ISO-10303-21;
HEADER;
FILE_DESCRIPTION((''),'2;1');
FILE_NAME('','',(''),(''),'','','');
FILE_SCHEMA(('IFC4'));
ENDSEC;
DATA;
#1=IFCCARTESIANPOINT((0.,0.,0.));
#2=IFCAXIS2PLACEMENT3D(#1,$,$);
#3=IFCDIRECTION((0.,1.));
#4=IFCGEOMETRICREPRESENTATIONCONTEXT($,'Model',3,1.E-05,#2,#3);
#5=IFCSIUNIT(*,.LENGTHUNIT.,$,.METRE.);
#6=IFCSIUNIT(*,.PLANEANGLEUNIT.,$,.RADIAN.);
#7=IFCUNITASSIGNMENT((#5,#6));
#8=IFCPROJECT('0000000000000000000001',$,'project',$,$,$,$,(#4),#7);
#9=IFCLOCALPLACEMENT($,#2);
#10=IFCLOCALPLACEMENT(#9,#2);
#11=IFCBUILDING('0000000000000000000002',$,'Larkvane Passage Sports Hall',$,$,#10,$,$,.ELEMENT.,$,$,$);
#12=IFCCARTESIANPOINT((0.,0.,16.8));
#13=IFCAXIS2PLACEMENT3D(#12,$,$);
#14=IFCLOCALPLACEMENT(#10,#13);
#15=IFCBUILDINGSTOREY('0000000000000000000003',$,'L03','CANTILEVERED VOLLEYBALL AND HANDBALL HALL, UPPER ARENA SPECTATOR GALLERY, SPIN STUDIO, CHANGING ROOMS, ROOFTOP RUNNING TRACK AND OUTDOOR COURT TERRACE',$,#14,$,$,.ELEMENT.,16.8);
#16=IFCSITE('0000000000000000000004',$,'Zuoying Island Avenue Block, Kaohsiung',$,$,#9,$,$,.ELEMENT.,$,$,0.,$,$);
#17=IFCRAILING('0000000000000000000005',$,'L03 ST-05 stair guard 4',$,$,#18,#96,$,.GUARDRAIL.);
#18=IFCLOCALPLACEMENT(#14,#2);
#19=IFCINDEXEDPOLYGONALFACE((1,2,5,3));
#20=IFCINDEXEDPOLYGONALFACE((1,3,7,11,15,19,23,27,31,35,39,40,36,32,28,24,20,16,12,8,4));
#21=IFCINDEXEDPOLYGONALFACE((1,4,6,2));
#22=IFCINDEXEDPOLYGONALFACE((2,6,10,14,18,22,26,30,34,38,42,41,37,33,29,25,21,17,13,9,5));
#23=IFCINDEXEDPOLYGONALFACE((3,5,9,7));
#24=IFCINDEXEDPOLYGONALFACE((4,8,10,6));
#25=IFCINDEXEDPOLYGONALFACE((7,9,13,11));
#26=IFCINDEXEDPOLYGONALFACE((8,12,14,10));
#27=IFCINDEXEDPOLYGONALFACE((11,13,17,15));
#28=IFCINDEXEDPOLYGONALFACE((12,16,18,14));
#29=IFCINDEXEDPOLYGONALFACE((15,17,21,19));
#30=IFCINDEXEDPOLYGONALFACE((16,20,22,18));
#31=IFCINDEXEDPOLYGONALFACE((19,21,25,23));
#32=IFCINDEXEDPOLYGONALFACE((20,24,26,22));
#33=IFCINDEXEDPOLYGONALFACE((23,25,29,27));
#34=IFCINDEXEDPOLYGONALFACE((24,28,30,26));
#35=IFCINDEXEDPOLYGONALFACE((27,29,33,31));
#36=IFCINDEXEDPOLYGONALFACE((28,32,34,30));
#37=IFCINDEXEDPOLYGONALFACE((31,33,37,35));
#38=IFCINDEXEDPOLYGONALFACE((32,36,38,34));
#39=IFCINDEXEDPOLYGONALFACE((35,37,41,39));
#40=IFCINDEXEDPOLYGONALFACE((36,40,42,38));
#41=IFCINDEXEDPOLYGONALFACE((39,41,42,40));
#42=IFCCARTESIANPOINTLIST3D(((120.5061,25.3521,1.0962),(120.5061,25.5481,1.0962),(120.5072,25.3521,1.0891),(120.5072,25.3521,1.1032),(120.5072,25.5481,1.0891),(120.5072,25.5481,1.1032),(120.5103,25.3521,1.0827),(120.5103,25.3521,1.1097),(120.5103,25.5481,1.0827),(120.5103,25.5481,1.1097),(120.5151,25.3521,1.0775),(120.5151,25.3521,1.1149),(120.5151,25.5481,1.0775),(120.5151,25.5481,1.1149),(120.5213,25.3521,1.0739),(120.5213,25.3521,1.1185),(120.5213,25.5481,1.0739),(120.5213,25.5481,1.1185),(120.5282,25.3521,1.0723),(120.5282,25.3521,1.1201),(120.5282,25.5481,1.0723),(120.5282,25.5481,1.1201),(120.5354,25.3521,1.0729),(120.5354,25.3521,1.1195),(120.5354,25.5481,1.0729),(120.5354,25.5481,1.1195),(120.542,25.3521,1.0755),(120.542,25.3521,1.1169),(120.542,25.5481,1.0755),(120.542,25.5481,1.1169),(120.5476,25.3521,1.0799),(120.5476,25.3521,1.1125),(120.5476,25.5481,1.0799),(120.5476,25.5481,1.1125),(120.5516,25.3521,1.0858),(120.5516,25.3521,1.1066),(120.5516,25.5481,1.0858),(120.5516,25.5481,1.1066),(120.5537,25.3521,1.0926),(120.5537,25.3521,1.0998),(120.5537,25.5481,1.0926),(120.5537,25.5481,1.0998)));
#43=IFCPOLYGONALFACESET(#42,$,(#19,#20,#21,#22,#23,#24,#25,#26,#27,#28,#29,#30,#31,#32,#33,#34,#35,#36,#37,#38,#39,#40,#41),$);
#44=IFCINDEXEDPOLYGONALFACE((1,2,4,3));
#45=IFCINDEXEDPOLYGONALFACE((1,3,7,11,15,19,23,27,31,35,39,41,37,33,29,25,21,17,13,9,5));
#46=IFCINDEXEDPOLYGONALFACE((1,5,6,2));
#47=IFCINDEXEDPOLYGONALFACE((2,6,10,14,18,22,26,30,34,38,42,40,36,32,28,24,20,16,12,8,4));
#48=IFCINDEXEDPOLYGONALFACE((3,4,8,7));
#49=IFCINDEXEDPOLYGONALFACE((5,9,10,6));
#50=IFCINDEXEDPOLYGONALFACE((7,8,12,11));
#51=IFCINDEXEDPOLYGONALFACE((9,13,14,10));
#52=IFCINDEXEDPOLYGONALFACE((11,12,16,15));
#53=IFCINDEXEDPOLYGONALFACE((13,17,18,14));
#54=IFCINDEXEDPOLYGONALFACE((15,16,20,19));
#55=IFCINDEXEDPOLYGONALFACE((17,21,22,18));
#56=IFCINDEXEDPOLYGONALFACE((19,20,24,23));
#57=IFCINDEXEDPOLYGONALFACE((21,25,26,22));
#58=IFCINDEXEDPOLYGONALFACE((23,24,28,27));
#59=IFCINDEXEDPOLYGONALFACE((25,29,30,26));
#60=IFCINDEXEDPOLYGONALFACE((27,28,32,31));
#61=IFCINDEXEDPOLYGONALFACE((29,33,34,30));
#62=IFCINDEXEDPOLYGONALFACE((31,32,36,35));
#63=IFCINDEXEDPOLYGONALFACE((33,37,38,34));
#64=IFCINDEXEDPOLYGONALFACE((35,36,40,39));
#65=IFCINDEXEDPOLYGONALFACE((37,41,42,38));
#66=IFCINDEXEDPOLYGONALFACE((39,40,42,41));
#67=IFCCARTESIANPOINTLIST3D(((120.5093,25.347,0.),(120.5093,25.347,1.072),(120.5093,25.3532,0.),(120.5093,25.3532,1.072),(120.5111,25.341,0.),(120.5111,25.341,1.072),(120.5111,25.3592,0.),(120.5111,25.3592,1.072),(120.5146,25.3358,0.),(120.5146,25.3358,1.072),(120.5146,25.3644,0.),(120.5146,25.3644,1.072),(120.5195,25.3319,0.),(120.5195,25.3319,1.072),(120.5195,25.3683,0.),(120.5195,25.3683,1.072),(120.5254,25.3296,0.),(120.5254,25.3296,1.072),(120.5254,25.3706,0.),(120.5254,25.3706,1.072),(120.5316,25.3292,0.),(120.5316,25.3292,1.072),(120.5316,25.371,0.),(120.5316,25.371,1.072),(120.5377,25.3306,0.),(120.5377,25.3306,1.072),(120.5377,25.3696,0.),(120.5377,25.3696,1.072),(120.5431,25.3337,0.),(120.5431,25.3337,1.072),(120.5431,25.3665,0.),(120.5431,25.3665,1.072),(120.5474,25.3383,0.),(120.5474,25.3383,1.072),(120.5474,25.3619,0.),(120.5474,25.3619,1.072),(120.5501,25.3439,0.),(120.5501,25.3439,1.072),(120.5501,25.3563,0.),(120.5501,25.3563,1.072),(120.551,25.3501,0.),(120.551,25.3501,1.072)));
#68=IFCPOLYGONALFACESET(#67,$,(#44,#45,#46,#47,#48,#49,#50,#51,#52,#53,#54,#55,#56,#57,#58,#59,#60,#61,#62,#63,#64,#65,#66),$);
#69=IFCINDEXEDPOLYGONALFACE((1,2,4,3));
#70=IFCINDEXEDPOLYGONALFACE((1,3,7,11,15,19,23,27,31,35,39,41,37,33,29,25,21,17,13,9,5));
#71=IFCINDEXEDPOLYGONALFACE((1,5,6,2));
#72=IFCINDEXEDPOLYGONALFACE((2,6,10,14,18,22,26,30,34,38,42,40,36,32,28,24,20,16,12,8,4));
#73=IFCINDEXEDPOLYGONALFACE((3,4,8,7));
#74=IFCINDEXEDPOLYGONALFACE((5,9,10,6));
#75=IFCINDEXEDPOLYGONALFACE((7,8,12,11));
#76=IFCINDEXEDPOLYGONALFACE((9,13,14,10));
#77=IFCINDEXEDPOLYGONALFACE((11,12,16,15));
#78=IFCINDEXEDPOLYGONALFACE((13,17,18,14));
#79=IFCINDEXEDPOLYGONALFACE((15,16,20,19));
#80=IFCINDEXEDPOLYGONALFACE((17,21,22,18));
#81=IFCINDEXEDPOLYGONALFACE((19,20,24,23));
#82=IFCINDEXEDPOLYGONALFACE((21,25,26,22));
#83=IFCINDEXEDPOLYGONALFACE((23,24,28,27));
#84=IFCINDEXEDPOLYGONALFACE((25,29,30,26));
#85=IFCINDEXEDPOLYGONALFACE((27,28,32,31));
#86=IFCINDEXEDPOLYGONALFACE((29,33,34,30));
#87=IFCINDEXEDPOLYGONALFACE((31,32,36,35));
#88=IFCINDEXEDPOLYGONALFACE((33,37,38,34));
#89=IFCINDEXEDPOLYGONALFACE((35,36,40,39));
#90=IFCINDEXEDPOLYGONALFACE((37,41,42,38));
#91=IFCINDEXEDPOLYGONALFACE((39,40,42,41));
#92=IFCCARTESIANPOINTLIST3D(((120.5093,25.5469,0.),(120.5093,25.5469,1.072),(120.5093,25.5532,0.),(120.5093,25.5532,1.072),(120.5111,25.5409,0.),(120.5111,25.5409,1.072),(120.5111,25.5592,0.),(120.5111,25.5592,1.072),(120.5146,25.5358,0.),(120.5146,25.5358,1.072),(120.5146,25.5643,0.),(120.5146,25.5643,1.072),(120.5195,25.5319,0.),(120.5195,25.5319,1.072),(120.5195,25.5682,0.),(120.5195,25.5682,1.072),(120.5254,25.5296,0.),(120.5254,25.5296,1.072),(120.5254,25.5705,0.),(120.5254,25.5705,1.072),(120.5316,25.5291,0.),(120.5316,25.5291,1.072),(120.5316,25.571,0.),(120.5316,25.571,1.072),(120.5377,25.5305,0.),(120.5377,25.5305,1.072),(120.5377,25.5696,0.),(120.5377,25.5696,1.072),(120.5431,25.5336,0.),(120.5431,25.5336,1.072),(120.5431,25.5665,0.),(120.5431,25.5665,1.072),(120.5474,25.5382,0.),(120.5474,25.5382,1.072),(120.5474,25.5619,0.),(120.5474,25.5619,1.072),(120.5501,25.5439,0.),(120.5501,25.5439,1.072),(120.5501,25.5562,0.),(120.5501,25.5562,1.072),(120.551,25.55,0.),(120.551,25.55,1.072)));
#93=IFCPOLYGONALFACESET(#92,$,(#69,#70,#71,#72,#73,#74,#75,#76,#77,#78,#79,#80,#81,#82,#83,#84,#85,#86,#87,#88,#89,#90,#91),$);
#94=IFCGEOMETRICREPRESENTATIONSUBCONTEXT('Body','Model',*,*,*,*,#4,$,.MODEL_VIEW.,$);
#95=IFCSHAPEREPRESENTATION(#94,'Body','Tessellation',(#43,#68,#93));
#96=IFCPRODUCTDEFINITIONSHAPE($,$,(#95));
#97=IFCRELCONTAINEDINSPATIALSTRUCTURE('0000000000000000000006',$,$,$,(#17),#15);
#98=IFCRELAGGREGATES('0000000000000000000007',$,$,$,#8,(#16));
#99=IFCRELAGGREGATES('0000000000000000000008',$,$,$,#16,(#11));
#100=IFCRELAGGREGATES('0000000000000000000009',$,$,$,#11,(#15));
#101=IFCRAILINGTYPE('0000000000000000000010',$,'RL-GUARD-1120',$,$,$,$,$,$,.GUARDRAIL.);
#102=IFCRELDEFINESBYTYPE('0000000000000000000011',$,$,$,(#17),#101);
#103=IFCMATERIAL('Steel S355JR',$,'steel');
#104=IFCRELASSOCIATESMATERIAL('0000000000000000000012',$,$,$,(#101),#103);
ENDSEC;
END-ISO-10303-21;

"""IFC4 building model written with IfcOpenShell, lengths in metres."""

from ifc_helpers import new_model, si_unit, direction, frame, origin, origin_2d, place, context, subcontext, project, spatial, circle, extrude, material, type_object, element, save


model = new_model("IFC4")

# Units and contexts
model_context = context("Model", 3, precision=1e-05, world=origin(), true_north=direction((0.0, 1.0)))
body_context = subcontext(model_context, "Body", "Model", "MODEL_VIEW")
ifc_project = project(units=[si_unit("LENGTHUNIT", "METRE"), si_unit("PLANEANGLEUNIT", "RADIAN")], contexts=[model_context])

# Site, building, storey
site_placement = place(None, origin())
site = spatial("IfcSite", under=ifc_project, at=site_placement, Name="Zuoying Island Avenue Block, Kaohsiung", CompositionType="ELEMENT", RefElevation=0.0)
building_placement = place(site_placement, origin())
building = spatial("IfcBuilding", under=site, at=building_placement, Name="Larkvane Passage Sports Hall", CompositionType="ELEMENT")
storey_placement = place(building_placement, frame((0.0, 0.0, 16.8)))
storey = spatial("IfcBuildingStorey", under=building, at=storey_placement, Name="L03", Description="CANTILEVERED VOLLEYBALL AND HANDBALL HALL, UPPER ARENA SPECTATOR GALLERY, SPIN STUDIO, CHANGING ROOMS, ROOFTOP RUNNING TRACK AND OUTDOOR COURT TERRACE", CompositionType="ELEMENT", Elevation=16.8)

# Railing
ifc_material_1 = material(Name="Steel S355JR", Category="steel")
railing_type_1 = type_object("IfcRailingType", Name="RL-GUARD-1120", PredefinedType="GUARDRAIL", material=ifc_material_1)
railing_1_placement = place(storey_placement, frame((120.53, 25.3501, 0.0)))
element("IfcRailing", 1, at=railing_1_placement, inside=storey, type_object=railing_type_1, Name="L03 ST-05 stair guard 4", PredefinedType="GUARDRAIL", context=body_context, shape_type="SweptSolid", body=[
    extrude(circle(Radius=0.0239, at=origin_2d()), frame((0.0, 0.002, 1.0962), z_axis=(0.0, 1.0, 0.0), x_axis=(-1.0, 0.0, 0.0)), (0.0, 0.0, 1.0), 0.196),
    extrude(circle(Radius=0.021, at=origin_2d()), origin(), (0.0, 0.0, 1.0), 1.072),
    extrude(circle(Radius=0.021, at=origin_2d()), frame((0.0, 0.2, 0.0)), (0.0, 0.0, 1.0), 1.072),
])

save(model, "model.ifc")
